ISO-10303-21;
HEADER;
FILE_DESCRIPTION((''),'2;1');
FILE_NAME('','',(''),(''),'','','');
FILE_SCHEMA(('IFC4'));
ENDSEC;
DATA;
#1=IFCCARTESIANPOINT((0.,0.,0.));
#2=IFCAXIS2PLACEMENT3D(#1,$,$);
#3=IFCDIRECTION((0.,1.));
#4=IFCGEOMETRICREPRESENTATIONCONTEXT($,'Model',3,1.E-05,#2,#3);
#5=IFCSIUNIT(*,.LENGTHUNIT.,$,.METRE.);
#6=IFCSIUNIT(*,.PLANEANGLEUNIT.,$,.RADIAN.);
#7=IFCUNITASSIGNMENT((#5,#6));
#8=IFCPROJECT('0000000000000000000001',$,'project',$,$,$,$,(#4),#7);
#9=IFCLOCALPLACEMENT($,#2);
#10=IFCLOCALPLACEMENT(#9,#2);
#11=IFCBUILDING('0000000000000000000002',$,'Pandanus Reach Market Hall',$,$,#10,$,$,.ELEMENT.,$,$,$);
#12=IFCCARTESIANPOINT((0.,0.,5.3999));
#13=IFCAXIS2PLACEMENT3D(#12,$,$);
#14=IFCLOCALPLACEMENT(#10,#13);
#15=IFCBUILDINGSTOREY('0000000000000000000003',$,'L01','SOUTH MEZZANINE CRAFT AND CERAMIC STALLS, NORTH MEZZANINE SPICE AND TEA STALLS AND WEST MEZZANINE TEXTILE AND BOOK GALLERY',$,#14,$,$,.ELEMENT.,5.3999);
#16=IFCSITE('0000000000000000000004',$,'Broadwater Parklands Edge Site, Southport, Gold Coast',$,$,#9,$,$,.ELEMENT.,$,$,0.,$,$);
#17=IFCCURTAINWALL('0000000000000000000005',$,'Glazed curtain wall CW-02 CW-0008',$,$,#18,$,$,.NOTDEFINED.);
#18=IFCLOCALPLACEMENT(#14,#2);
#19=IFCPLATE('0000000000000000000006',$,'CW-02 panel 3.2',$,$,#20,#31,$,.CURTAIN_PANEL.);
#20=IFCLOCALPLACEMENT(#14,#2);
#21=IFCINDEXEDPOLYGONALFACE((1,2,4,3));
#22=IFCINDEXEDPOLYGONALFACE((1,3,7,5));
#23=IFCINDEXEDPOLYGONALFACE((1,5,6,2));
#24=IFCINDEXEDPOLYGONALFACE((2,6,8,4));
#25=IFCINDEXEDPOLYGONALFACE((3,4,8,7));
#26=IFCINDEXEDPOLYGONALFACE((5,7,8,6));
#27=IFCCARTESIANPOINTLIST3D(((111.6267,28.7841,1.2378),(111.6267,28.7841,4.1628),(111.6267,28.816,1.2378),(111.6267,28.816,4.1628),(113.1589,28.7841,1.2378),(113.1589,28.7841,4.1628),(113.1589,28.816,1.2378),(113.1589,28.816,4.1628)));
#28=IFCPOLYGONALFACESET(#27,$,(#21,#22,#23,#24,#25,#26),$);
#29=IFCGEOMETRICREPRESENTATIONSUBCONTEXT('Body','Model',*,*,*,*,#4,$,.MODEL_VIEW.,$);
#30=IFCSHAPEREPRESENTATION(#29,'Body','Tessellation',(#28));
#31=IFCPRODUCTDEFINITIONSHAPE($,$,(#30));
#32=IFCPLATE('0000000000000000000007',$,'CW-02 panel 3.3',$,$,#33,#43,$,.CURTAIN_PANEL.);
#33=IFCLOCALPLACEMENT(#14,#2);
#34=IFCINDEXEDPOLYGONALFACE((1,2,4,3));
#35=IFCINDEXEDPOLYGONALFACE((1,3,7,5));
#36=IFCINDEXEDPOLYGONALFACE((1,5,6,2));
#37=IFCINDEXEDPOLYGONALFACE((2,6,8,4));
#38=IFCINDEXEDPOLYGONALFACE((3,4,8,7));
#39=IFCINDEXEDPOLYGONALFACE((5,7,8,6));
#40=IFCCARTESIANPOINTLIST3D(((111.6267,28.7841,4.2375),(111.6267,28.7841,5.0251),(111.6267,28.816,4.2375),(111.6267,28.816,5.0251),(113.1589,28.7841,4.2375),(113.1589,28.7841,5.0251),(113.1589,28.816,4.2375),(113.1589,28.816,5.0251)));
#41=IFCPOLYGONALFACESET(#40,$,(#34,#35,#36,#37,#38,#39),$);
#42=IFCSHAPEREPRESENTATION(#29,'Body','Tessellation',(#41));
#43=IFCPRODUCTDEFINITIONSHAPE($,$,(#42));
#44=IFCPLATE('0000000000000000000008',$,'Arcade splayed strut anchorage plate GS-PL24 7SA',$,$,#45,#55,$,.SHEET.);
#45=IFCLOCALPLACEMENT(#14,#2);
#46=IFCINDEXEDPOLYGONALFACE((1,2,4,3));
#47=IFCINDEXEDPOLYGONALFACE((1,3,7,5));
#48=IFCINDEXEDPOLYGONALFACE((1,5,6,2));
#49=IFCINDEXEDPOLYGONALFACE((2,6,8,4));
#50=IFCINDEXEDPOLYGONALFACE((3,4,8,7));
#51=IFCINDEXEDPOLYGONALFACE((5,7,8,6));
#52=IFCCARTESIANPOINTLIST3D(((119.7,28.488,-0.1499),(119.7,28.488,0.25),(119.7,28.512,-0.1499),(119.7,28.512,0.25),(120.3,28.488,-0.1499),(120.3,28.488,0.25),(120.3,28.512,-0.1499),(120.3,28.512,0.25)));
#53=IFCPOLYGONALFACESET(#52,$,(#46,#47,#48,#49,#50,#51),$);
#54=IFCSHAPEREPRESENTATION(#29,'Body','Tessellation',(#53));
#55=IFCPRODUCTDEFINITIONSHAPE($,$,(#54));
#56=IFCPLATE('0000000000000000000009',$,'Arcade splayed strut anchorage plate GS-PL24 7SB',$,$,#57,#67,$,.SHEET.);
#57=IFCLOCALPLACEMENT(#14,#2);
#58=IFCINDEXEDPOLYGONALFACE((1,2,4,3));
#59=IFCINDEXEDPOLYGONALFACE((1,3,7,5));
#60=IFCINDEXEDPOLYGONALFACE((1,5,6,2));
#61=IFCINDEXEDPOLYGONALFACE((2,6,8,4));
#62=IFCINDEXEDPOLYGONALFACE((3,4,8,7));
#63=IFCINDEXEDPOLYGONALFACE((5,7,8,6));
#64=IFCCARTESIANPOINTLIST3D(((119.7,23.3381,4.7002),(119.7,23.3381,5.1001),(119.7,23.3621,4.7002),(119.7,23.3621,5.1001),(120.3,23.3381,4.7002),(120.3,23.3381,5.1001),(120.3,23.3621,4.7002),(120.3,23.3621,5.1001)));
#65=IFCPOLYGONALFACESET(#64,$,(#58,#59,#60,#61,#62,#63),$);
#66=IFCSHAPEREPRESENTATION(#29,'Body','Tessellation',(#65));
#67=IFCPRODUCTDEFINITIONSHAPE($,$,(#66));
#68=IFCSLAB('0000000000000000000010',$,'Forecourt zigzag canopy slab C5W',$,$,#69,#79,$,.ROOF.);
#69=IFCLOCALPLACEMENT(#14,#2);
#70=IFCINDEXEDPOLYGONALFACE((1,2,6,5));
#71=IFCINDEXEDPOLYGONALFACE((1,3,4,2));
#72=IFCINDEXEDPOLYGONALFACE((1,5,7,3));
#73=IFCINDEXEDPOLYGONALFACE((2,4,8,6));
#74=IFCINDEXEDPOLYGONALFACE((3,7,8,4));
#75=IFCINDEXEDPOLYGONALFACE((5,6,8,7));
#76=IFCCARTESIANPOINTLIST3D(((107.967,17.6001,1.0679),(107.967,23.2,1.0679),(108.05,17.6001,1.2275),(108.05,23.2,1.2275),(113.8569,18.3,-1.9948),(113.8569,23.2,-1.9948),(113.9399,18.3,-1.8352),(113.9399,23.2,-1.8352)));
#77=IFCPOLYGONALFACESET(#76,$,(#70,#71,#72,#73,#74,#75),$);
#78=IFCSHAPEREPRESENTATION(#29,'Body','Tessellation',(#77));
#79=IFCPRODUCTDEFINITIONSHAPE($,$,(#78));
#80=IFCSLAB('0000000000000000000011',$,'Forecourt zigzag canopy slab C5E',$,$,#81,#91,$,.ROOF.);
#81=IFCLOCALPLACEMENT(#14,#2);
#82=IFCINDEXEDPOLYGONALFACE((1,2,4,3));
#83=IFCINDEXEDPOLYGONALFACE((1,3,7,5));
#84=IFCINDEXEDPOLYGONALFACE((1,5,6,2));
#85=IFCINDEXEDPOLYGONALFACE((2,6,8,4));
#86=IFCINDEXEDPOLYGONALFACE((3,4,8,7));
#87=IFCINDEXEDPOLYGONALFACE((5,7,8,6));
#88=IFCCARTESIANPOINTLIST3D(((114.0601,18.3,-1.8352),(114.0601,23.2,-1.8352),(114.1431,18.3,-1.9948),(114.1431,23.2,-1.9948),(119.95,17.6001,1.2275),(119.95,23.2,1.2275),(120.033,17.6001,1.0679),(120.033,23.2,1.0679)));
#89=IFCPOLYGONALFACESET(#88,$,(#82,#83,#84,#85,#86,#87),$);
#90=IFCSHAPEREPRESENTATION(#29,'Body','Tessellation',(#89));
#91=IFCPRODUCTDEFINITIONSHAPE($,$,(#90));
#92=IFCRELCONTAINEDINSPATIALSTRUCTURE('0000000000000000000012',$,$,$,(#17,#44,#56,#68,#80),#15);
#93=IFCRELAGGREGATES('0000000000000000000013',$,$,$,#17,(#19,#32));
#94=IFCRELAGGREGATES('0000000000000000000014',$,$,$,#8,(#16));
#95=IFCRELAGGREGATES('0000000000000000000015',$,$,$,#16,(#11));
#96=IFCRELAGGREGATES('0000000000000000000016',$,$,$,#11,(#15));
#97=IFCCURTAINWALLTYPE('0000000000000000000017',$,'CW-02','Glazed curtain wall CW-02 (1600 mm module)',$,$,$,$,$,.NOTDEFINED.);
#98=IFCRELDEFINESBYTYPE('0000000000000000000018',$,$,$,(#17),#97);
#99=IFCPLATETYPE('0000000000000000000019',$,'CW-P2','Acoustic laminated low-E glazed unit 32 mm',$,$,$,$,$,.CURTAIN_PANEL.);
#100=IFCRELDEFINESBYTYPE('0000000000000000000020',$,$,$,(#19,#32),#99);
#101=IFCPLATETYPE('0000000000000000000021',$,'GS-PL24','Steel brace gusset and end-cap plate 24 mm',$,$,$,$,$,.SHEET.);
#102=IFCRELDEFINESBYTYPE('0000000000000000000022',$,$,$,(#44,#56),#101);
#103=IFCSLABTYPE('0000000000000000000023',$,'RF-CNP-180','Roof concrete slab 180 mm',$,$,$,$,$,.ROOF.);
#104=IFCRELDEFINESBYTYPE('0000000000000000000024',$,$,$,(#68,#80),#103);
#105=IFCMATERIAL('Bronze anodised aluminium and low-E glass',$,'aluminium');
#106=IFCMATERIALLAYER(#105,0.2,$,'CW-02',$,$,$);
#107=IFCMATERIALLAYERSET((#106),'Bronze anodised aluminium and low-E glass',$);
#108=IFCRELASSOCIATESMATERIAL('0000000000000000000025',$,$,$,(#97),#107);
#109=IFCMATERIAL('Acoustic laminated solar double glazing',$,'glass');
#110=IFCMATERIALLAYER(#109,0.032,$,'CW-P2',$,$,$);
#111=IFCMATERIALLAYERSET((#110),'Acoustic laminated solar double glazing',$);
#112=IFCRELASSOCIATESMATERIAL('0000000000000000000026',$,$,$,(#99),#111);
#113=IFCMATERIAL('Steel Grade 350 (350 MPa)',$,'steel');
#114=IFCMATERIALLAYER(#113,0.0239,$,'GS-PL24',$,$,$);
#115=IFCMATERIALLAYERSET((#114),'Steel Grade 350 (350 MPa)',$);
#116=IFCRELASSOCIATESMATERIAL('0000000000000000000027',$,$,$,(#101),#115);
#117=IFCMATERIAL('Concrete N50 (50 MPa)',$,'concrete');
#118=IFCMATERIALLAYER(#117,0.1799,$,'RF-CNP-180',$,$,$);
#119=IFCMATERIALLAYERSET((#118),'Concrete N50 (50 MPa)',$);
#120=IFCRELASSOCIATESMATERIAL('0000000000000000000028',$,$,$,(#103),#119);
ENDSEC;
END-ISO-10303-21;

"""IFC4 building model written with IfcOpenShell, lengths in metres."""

from ifc_helpers import new_model, si_unit, direction, frame, origin, origin_2d, place, context, subcontext, project, spatial, polyline, rectangle, outline, extrude, material, layer, layer_set, type_object, element, aggregate, save


model = new_model("IFC4")

# Units and contexts
model_context = context("Model", 3, precision=1e-05, world=origin(), true_north=direction((0.0, 1.0)))
body_context = subcontext(model_context, "Body", "Model", "MODEL_VIEW")
ifc_project = project(units=[si_unit("LENGTHUNIT", "METRE"), si_unit("PLANEANGLEUNIT", "RADIAN")], contexts=[model_context])

# Site, building, storey
site_placement = place(None, origin())
site = spatial("IfcSite", under=ifc_project, at=site_placement, Name="Broadwater Parklands Edge Site, Southport, Gold Coast", CompositionType="ELEMENT", RefElevation=0.0)
building_placement = place(site_placement, origin())
building = spatial("IfcBuilding", under=site, at=building_placement, Name="Pandanus Reach Market Hall", CompositionType="ELEMENT")
storey_placement = place(building_placement, frame((0.0, 0.0, 5.3999)))
storey = spatial("IfcBuildingStorey", under=building, at=storey_placement, Name="L01", Description="SOUTH MEZZANINE CRAFT AND CERAMIC STALLS, NORTH MEZZANINE SPICE AND TEA STALLS AND WEST MEZZANINE TEXTILE AND BOOK GALLERY", CompositionType="ELEMENT", Elevation=5.3999)

# Shared definitions
ifc_material_1 = material(Name="Concrete N50 (50 MPa)", Category="concrete")

# Shared definitions
ifc_material_2 = material(Name="Steel Grade 350 (350 MPa)", Category="steel")

# Curtain wall
ifc_material_3 = material(Name="Bronze anodised aluminium and low-E glass", Category="aluminium")
ifc_layer_1 = layer(ifc_material_3, 0.2, Name="CW-02")
ifc_layer_set_1 = layer_set([ifc_layer_1], Name="Bronze anodised aluminium and low-E glass")
curtain_wall_type = type_object("IfcCurtainWallType", Name="CW-02", Description="Glazed curtain wall CW-02 (1600 mm module)", PredefinedType="NOTDEFINED", material=ifc_layer_set_1)
curtain_wall_placement = place(storey_placement, origin())
curtain_wall = element("IfcCurtainWall", 1, at=curtain_wall_placement, inside=storey, type_object=curtain_wall_type, Name="Glazed curtain wall CW-02 CW-0008", PredefinedType="NOTDEFINED")

# Plates
ifc_material_4 = material(Name="Acoustic laminated solar double glazing", Category="glass")
ifc_layer_2 = layer(ifc_material_4, 0.032, Name="CW-P2")
ifc_layer_set_2 = layer_set([ifc_layer_2], Name="Acoustic laminated solar double glazing")
plate_type_1 = type_object("IfcPlateType", Name="CW-P2", Description="Acoustic laminated low-E glazed unit 32 mm", PredefinedType="CURTAIN_PANEL", material=ifc_layer_set_2)
plate_1_placement = place(storey_placement, frame((112.3928, 28.8, 1.2378), z_axis=(0.0, 0.0, 1.0), x_axis=(1.0, 0.0, 0.0)))
plate_1 = element("IfcPlate", 2, at=plate_1_placement, type_object=plate_type_1, Name="CW-02 panel 3.2", PredefinedType="CURTAIN_PANEL", context=body_context, shape_type="SweptSolid", body=[
    extrude(rectangle(XDim=1.5322, YDim=0.032, at=origin_2d()), origin(), (0.0, 0.0, 1.0), 2.925),
])
plate_2_placement = place(storey_placement, frame((112.3928, 28.8, 4.2375), z_axis=(0.0, 0.0, 1.0), x_axis=(1.0, 0.0, 0.0)))
plate_2 = element("IfcPlate", 3, at=plate_2_placement, type_object=plate_type_1, Name="CW-02 panel 3.3", PredefinedType="CURTAIN_PANEL", context=body_context, shape_type="SweptSolid", body=[
    extrude(rectangle(XDim=1.5322, YDim=0.032, at=origin_2d()), origin(), (0.0, 0.0, 1.0), 0.7876),
])
aggregate(curtain_wall, [plate_1, plate_2])

# Plates
ifc_layer_3 = layer(ifc_material_2, 0.0239, Name="GS-PL24")
ifc_layer_set_3 = layer_set([ifc_layer_3], Name="Steel Grade 350 (350 MPa)")
plate_type_2 = type_object("IfcPlateType", Name="GS-PL24", Description="Steel brace gusset and end-cap plate 24 mm", PredefinedType="SHEET", material=ifc_layer_set_3)
for number, where, z_axis, x_axis, name in (
    (4, (120.0, 28.5, -0.1499), (0.0, 0.0, 1.0), (1.0, 0.0, 0.0), "Arcade splayed strut anchorage plate GS-PL24 7SA"),
    (5, (120.0, 23.3501, 4.7002), (0.0, 0.0, 1.0), (1.0, 0.0, 0.0), "Arcade splayed strut anchorage plate GS-PL24 7SB"),
):
    element("IfcPlate", number, at=place(storey_placement, frame(where, z_axis=z_axis, x_axis=x_axis)), inside=storey, type_object=plate_type_2, Name=name, PredefinedType="SHEET", context=body_context, shape_type="SweptSolid", body=[
        extrude(rectangle(XDim=0.6001, YDim=0.0239, at=origin_2d()), origin(), (0.0, 0.0, 1.0), 0.3999),
    ])

# Slabs
ifc_layer_4 = layer(ifc_material_1, 0.1799, Name="RF-CNP-180")
ifc_layer_set_4 = layer_set([ifc_layer_4], Name="Concrete N50 (50 MPa)")
slab_type = type_object("IfcSlabType", Name="RF-CNP-180", Description="Roof concrete slab 180 mm", PredefinedType="ROOF", material=ifc_layer_set_4)
slab_1_placement = place(storey_placement, frame((108.05, 17.6001, 1.2275), z_axis=(0.461353, 0.0, 0.887217), x_axis=(0.882326, 0.104855, -0.45881)))
element("IfcSlab", 6, at=slab_1_placement, inside=storey, type_object=slab_type, Name="Forecourt zigzag canopy slab C5W", PredefinedType="ROOF", context=body_context, shape_type="SweptSolid", body=[
    extrude(outline(polyline([(0.0, 0.0), (6.6754, 0.0), (7.1892, 4.8729), (0.5872, 5.569), (0.0, 0.0)])), origin(), (0.0, 0.0, -1.0), 0.1799),
])
slab_2_placement = place(storey_placement, frame((114.0601, 18.3, -1.8352), z_axis=(-0.461353, 0.0, 0.887217), x_axis=(0.882326, -0.104855, 0.45881)))
element("IfcSlab", 7, at=slab_2_placement, inside=storey, type_object=slab_type, Name="Forecourt zigzag canopy slab C5E", PredefinedType="ROOF", context=body_context, shape_type="SweptSolid", body=[
    extrude(outline(polyline([(0.0, 0.0), (6.6754, 0.0), (6.0882, 5.569), (-0.5138, 4.8729), (0.0, 0.0)])), origin(), (0.0, 0.0, -1.0), 0.1799),
])

save(model, "model.ifc")
